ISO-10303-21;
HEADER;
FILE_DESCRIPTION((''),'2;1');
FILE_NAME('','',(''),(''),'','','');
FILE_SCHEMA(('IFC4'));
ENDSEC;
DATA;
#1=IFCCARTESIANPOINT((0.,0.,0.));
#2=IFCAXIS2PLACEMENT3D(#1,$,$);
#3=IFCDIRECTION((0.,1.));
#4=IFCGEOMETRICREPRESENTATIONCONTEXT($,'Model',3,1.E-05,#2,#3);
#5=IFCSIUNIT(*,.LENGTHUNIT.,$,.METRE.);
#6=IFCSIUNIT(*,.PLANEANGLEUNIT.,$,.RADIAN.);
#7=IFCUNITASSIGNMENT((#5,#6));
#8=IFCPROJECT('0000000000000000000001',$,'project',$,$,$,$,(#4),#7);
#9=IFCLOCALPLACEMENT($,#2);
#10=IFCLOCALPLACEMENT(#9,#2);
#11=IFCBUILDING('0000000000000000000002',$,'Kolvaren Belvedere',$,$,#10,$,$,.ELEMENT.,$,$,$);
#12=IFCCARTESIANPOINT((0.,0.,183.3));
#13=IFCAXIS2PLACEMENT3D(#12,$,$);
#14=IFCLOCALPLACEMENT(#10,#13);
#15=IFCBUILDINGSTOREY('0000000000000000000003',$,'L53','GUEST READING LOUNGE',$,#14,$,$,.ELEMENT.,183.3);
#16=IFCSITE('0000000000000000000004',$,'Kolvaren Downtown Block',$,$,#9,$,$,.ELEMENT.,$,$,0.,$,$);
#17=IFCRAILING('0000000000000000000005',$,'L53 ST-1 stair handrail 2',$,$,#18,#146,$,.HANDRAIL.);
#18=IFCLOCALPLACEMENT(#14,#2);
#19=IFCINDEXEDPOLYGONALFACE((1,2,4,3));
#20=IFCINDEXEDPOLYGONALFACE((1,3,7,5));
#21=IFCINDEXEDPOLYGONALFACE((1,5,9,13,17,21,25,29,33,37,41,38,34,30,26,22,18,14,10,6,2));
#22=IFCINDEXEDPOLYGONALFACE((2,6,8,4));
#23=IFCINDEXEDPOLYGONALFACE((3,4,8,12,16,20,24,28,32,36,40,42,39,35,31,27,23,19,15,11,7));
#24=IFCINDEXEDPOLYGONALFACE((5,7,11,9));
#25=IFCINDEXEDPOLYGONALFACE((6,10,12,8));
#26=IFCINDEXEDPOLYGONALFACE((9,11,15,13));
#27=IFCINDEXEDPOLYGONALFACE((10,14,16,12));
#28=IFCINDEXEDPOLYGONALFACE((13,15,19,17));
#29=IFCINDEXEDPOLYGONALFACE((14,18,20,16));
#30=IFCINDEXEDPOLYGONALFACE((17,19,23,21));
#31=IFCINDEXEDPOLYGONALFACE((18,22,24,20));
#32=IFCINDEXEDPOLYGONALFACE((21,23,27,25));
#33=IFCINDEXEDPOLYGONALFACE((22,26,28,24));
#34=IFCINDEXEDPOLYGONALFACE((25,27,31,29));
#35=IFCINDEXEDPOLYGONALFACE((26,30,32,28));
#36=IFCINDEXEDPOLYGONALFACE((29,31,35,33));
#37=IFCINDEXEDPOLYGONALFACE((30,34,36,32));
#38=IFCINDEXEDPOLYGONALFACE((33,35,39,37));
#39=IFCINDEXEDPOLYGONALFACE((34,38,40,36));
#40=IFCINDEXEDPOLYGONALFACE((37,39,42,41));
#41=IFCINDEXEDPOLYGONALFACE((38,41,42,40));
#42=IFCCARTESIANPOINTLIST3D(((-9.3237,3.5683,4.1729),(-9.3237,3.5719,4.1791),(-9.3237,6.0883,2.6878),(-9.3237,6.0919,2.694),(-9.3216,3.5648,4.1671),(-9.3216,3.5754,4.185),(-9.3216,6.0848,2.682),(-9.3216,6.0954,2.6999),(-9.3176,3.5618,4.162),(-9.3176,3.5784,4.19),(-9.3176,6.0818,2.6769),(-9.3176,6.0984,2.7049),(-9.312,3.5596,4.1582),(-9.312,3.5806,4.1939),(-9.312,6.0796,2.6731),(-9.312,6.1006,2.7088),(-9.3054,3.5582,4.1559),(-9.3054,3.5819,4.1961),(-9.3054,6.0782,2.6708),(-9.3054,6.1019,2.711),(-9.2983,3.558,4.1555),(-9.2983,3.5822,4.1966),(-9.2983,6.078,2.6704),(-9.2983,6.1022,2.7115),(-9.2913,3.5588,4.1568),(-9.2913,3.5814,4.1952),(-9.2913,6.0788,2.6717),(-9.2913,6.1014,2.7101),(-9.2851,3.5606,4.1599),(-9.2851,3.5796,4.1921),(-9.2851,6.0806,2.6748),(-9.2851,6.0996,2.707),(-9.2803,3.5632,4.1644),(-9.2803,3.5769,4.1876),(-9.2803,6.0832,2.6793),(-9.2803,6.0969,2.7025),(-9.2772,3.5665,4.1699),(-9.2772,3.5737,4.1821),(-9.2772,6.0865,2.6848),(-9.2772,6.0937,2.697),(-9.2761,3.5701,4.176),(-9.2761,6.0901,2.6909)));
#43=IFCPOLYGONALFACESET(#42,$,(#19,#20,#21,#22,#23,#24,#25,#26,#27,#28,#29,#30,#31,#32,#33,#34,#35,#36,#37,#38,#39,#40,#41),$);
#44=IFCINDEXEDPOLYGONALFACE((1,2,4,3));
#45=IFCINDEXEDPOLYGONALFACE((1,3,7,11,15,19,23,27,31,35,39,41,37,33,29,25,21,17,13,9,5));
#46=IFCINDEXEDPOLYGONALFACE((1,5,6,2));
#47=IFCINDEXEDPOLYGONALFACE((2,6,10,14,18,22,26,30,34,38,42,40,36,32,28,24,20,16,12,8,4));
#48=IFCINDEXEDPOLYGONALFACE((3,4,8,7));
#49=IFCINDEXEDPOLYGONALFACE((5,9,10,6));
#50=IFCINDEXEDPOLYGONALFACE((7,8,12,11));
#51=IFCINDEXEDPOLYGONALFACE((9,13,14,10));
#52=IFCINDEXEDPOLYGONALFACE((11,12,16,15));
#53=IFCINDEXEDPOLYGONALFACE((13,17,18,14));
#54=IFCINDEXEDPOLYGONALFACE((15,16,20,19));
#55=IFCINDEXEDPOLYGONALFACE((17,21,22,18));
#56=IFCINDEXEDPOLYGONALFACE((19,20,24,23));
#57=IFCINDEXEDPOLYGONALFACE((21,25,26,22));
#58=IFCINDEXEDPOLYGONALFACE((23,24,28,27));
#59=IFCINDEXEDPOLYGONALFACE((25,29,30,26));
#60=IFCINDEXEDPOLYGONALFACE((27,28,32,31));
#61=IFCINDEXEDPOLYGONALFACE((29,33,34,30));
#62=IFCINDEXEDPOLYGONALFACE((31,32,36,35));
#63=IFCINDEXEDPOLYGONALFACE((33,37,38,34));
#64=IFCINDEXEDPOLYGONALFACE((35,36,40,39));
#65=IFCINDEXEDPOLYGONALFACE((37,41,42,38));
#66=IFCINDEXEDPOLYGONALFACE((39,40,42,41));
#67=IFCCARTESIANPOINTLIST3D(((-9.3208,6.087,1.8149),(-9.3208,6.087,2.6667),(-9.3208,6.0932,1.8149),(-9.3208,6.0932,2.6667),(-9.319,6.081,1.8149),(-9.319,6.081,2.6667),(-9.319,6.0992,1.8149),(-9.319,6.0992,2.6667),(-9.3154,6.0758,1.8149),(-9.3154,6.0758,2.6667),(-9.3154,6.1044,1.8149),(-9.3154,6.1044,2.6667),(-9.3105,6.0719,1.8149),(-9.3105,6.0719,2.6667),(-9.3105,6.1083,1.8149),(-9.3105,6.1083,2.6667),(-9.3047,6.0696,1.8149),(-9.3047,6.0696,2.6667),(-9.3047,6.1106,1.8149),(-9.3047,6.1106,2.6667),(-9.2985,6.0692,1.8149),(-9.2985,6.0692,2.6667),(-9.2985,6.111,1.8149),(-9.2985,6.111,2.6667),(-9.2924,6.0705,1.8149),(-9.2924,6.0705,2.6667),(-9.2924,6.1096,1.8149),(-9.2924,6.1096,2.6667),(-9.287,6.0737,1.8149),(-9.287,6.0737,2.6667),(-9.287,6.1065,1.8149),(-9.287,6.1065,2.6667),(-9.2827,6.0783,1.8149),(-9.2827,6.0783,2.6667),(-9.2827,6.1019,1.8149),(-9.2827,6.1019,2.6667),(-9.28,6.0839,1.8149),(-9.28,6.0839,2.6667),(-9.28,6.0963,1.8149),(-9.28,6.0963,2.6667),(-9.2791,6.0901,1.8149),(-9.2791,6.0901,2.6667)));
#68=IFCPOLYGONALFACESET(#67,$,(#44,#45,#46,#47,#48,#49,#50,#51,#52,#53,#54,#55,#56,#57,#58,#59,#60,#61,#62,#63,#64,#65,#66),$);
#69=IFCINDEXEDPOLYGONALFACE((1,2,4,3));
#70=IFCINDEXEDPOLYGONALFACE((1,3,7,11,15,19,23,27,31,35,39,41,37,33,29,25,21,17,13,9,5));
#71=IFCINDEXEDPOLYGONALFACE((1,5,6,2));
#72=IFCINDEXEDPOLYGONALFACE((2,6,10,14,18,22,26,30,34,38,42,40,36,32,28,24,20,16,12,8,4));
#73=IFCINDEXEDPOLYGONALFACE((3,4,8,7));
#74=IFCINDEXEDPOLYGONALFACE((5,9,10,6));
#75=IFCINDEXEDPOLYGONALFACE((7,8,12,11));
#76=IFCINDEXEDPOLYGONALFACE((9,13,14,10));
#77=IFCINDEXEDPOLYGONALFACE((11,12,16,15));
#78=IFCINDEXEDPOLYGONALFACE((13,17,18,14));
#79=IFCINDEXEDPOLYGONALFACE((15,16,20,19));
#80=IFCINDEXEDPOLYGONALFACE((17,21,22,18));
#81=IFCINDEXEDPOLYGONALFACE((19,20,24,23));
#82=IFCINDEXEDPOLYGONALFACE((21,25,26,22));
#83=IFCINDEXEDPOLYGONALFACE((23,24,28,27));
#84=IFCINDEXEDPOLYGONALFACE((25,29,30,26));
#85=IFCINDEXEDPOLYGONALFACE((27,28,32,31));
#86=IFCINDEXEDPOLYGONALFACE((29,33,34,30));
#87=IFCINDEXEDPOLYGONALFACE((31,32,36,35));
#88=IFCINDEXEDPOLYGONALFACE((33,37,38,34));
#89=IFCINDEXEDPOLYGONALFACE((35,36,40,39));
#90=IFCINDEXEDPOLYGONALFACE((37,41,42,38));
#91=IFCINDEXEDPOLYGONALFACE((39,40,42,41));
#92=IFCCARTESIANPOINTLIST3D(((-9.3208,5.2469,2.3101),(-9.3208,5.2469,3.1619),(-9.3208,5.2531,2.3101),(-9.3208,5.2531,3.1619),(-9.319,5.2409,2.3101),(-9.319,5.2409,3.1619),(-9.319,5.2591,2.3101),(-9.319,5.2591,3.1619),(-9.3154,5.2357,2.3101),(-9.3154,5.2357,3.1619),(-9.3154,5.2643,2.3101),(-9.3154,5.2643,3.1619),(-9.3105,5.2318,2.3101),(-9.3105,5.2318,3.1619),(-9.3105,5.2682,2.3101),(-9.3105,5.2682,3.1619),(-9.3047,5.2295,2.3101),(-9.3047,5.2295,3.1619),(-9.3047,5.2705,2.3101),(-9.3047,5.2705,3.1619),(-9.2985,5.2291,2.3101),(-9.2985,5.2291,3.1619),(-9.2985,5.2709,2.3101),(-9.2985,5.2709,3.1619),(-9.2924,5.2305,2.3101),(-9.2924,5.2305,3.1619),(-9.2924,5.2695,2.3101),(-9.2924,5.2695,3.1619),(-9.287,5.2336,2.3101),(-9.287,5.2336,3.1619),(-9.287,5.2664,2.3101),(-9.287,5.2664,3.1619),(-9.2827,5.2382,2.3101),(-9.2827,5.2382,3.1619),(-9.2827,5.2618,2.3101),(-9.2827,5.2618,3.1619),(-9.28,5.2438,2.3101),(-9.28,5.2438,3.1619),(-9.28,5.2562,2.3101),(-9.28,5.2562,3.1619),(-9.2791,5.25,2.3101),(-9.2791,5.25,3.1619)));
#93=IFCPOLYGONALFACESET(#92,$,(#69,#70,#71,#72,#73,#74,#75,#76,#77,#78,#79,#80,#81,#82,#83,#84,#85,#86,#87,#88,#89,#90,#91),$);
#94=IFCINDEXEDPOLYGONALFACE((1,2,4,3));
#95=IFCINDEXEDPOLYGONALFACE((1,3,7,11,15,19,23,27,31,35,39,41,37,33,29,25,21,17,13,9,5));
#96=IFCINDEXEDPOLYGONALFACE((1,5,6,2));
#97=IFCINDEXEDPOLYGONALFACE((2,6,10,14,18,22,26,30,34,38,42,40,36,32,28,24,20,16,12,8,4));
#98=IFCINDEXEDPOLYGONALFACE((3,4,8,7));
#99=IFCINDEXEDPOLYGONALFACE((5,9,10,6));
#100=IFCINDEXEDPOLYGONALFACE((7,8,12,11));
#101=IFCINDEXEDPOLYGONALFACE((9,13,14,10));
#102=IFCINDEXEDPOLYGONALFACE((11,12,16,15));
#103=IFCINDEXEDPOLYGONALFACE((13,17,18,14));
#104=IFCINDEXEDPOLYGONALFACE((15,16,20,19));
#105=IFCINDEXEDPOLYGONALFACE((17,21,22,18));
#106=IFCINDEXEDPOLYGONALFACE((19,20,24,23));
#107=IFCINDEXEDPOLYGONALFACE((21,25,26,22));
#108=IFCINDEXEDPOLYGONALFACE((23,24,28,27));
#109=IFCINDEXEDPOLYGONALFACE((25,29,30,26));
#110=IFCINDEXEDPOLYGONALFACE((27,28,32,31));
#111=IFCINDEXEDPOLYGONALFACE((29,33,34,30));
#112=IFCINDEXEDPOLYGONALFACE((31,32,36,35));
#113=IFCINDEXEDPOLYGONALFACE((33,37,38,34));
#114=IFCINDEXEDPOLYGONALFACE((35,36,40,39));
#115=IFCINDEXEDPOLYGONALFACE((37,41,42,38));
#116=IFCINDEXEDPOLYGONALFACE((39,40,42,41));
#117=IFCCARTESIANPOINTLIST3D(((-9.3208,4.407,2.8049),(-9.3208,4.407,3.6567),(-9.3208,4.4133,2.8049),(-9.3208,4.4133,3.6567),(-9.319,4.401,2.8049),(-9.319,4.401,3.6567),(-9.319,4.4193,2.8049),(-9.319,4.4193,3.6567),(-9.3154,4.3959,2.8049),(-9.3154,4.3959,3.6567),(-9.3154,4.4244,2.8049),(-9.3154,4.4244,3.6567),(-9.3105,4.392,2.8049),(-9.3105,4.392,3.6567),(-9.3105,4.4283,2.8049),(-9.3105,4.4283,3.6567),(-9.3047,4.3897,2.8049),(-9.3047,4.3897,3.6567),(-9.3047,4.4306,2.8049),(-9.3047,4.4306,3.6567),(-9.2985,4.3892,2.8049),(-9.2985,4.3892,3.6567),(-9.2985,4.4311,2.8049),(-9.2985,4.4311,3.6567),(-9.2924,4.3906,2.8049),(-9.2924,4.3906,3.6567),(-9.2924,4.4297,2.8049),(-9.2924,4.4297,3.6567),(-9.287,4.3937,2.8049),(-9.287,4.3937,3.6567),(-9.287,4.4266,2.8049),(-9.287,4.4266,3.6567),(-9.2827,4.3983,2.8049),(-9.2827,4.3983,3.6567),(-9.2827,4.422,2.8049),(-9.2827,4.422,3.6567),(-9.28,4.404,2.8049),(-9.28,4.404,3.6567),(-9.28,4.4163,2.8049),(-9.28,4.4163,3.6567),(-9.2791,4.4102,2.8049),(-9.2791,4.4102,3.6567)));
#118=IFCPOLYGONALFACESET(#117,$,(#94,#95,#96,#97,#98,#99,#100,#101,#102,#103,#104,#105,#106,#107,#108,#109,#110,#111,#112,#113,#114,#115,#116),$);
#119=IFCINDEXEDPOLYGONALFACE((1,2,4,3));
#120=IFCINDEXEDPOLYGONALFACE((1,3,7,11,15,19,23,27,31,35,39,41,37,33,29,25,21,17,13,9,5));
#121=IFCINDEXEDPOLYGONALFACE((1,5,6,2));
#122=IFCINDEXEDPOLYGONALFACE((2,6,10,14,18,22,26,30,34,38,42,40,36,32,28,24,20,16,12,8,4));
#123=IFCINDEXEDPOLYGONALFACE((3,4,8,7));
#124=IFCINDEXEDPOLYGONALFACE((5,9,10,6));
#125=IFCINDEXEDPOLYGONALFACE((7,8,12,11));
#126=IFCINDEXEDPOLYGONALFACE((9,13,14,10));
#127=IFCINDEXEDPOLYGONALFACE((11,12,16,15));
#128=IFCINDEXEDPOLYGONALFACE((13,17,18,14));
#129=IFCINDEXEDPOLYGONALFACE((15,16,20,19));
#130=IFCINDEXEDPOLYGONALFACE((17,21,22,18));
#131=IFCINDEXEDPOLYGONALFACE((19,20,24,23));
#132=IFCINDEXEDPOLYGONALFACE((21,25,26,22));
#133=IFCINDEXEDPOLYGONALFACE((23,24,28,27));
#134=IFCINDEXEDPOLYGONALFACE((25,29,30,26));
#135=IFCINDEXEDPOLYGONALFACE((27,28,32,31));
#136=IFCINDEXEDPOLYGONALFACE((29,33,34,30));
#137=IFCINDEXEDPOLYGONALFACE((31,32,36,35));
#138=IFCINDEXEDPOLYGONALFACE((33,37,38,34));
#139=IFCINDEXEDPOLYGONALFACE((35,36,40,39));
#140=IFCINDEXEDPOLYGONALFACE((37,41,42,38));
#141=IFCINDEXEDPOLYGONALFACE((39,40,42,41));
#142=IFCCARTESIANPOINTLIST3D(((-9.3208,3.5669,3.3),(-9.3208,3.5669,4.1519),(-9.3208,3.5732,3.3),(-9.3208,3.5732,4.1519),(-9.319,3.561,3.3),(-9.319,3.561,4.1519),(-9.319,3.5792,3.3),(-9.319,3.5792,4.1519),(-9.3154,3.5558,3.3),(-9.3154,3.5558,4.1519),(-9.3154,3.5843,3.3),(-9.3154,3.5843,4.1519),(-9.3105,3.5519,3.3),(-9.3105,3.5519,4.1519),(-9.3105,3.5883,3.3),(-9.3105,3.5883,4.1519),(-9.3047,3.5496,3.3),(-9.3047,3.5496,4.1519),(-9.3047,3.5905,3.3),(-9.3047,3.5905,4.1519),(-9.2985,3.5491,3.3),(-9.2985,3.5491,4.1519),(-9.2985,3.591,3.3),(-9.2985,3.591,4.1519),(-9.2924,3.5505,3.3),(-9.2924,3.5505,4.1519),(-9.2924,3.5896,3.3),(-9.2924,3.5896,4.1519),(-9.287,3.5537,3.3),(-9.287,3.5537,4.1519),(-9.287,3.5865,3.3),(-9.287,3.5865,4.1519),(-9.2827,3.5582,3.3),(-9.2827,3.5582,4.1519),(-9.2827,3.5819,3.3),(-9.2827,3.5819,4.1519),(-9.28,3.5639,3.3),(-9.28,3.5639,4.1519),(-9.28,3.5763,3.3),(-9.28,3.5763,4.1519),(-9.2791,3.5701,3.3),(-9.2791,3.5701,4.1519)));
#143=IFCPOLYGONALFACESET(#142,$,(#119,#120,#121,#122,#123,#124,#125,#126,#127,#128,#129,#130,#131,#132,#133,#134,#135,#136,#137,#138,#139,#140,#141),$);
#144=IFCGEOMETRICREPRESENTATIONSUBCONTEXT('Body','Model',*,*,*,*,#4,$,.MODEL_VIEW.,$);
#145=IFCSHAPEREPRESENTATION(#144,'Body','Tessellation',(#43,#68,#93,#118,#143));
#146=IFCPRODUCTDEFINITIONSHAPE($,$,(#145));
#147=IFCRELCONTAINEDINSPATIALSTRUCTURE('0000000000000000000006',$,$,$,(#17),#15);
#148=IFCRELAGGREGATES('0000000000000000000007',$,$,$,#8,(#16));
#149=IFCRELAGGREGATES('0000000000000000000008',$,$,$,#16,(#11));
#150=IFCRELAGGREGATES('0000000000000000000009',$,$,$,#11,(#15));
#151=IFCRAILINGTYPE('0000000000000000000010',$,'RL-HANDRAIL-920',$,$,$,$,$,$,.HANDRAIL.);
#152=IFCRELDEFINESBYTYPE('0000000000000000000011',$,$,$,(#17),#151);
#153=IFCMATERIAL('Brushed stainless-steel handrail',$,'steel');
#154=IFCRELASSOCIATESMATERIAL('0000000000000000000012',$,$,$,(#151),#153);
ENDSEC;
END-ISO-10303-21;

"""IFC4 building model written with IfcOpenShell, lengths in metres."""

from ifc_helpers import new_model, si_unit, direction, frame, origin, origin_2d, place, context, subcontext, project, spatial, circle, extrude, material, type_object, element, save


model = new_model("IFC4")

# Units and contexts
model_context = context("Model", 3, precision=1e-05, world=origin(), true_north=direction((0.0, 1.0)))
body_context = subcontext(model_context, "Body", "Model", "MODEL_VIEW")
ifc_project = project(units=[si_unit("LENGTHUNIT", "METRE"), si_unit("PLANEANGLEUNIT", "RADIAN")], contexts=[model_context])

# Site, building, storey
site_placement = place(None, origin())
site = spatial("IfcSite", under=ifc_project, at=site_placement, Name="Kolvaren Downtown Block", CompositionType="ELEMENT", RefElevation=0.0)
building_placement = place(site_placement, origin())
building = spatial("IfcBuilding", under=site, at=building_placement, Name="Kolvaren Belvedere", CompositionType="ELEMENT")
storey_placement = place(building_placement, frame((0.0, 0.0, 183.3)))
storey = spatial("IfcBuildingStorey", under=building, at=storey_placement, Name="L53", Description="GUEST READING LOUNGE", CompositionType="ELEMENT", Elevation=183.3)

# Railing
ifc_material_1 = material(Name="Brushed stainless-steel handrail", Category="steel")
railing_type_1 = type_object("IfcRailingType", Name="RL-HANDRAIL-920", PredefinedType="HANDRAIL", material=ifc_material_1)
railing_1_placement = place(storey_placement, frame((-9.3, 6.0901, 1.8149)))
element("IfcRailing", 1, at=railing_1_placement, inside=storey, type_object=railing_type_1, Name="L53 ST-1 stair handrail 2", PredefinedType="HANDRAIL", context=body_context, shape_type="SweptSolid", body=[
    extrude(circle(Radius=0.0239, at=origin_2d()), frame((0.0, 0.0, 0.876), z_axis=(0.0, -0.861524, 0.507717), x_axis=(1.0, 0.0, 0.0)), (0.0, 0.0, 1.0), 2.925),
    extrude(circle(Radius=0.021, at=origin_2d()), origin(), (0.0, 0.0, 1.0), 0.8518),
    extrude(circle(Radius=0.021, at=origin_2d()), frame((0.0, -0.8401, 0.4951)), (0.0, 0.0, 1.0), 0.8518),
    extrude(circle(Radius=0.021, at=origin_2d()), frame((0.0, -1.6799, 0.99)), (0.0, 0.0, 1.0), 0.8518),
    extrude(circle(Radius=0.021, at=origin_2d()), frame((0.0, -2.52, 1.4851)), (0.0, 0.0, 1.0), 0.8518),
])

save(model, "model.ifc")
